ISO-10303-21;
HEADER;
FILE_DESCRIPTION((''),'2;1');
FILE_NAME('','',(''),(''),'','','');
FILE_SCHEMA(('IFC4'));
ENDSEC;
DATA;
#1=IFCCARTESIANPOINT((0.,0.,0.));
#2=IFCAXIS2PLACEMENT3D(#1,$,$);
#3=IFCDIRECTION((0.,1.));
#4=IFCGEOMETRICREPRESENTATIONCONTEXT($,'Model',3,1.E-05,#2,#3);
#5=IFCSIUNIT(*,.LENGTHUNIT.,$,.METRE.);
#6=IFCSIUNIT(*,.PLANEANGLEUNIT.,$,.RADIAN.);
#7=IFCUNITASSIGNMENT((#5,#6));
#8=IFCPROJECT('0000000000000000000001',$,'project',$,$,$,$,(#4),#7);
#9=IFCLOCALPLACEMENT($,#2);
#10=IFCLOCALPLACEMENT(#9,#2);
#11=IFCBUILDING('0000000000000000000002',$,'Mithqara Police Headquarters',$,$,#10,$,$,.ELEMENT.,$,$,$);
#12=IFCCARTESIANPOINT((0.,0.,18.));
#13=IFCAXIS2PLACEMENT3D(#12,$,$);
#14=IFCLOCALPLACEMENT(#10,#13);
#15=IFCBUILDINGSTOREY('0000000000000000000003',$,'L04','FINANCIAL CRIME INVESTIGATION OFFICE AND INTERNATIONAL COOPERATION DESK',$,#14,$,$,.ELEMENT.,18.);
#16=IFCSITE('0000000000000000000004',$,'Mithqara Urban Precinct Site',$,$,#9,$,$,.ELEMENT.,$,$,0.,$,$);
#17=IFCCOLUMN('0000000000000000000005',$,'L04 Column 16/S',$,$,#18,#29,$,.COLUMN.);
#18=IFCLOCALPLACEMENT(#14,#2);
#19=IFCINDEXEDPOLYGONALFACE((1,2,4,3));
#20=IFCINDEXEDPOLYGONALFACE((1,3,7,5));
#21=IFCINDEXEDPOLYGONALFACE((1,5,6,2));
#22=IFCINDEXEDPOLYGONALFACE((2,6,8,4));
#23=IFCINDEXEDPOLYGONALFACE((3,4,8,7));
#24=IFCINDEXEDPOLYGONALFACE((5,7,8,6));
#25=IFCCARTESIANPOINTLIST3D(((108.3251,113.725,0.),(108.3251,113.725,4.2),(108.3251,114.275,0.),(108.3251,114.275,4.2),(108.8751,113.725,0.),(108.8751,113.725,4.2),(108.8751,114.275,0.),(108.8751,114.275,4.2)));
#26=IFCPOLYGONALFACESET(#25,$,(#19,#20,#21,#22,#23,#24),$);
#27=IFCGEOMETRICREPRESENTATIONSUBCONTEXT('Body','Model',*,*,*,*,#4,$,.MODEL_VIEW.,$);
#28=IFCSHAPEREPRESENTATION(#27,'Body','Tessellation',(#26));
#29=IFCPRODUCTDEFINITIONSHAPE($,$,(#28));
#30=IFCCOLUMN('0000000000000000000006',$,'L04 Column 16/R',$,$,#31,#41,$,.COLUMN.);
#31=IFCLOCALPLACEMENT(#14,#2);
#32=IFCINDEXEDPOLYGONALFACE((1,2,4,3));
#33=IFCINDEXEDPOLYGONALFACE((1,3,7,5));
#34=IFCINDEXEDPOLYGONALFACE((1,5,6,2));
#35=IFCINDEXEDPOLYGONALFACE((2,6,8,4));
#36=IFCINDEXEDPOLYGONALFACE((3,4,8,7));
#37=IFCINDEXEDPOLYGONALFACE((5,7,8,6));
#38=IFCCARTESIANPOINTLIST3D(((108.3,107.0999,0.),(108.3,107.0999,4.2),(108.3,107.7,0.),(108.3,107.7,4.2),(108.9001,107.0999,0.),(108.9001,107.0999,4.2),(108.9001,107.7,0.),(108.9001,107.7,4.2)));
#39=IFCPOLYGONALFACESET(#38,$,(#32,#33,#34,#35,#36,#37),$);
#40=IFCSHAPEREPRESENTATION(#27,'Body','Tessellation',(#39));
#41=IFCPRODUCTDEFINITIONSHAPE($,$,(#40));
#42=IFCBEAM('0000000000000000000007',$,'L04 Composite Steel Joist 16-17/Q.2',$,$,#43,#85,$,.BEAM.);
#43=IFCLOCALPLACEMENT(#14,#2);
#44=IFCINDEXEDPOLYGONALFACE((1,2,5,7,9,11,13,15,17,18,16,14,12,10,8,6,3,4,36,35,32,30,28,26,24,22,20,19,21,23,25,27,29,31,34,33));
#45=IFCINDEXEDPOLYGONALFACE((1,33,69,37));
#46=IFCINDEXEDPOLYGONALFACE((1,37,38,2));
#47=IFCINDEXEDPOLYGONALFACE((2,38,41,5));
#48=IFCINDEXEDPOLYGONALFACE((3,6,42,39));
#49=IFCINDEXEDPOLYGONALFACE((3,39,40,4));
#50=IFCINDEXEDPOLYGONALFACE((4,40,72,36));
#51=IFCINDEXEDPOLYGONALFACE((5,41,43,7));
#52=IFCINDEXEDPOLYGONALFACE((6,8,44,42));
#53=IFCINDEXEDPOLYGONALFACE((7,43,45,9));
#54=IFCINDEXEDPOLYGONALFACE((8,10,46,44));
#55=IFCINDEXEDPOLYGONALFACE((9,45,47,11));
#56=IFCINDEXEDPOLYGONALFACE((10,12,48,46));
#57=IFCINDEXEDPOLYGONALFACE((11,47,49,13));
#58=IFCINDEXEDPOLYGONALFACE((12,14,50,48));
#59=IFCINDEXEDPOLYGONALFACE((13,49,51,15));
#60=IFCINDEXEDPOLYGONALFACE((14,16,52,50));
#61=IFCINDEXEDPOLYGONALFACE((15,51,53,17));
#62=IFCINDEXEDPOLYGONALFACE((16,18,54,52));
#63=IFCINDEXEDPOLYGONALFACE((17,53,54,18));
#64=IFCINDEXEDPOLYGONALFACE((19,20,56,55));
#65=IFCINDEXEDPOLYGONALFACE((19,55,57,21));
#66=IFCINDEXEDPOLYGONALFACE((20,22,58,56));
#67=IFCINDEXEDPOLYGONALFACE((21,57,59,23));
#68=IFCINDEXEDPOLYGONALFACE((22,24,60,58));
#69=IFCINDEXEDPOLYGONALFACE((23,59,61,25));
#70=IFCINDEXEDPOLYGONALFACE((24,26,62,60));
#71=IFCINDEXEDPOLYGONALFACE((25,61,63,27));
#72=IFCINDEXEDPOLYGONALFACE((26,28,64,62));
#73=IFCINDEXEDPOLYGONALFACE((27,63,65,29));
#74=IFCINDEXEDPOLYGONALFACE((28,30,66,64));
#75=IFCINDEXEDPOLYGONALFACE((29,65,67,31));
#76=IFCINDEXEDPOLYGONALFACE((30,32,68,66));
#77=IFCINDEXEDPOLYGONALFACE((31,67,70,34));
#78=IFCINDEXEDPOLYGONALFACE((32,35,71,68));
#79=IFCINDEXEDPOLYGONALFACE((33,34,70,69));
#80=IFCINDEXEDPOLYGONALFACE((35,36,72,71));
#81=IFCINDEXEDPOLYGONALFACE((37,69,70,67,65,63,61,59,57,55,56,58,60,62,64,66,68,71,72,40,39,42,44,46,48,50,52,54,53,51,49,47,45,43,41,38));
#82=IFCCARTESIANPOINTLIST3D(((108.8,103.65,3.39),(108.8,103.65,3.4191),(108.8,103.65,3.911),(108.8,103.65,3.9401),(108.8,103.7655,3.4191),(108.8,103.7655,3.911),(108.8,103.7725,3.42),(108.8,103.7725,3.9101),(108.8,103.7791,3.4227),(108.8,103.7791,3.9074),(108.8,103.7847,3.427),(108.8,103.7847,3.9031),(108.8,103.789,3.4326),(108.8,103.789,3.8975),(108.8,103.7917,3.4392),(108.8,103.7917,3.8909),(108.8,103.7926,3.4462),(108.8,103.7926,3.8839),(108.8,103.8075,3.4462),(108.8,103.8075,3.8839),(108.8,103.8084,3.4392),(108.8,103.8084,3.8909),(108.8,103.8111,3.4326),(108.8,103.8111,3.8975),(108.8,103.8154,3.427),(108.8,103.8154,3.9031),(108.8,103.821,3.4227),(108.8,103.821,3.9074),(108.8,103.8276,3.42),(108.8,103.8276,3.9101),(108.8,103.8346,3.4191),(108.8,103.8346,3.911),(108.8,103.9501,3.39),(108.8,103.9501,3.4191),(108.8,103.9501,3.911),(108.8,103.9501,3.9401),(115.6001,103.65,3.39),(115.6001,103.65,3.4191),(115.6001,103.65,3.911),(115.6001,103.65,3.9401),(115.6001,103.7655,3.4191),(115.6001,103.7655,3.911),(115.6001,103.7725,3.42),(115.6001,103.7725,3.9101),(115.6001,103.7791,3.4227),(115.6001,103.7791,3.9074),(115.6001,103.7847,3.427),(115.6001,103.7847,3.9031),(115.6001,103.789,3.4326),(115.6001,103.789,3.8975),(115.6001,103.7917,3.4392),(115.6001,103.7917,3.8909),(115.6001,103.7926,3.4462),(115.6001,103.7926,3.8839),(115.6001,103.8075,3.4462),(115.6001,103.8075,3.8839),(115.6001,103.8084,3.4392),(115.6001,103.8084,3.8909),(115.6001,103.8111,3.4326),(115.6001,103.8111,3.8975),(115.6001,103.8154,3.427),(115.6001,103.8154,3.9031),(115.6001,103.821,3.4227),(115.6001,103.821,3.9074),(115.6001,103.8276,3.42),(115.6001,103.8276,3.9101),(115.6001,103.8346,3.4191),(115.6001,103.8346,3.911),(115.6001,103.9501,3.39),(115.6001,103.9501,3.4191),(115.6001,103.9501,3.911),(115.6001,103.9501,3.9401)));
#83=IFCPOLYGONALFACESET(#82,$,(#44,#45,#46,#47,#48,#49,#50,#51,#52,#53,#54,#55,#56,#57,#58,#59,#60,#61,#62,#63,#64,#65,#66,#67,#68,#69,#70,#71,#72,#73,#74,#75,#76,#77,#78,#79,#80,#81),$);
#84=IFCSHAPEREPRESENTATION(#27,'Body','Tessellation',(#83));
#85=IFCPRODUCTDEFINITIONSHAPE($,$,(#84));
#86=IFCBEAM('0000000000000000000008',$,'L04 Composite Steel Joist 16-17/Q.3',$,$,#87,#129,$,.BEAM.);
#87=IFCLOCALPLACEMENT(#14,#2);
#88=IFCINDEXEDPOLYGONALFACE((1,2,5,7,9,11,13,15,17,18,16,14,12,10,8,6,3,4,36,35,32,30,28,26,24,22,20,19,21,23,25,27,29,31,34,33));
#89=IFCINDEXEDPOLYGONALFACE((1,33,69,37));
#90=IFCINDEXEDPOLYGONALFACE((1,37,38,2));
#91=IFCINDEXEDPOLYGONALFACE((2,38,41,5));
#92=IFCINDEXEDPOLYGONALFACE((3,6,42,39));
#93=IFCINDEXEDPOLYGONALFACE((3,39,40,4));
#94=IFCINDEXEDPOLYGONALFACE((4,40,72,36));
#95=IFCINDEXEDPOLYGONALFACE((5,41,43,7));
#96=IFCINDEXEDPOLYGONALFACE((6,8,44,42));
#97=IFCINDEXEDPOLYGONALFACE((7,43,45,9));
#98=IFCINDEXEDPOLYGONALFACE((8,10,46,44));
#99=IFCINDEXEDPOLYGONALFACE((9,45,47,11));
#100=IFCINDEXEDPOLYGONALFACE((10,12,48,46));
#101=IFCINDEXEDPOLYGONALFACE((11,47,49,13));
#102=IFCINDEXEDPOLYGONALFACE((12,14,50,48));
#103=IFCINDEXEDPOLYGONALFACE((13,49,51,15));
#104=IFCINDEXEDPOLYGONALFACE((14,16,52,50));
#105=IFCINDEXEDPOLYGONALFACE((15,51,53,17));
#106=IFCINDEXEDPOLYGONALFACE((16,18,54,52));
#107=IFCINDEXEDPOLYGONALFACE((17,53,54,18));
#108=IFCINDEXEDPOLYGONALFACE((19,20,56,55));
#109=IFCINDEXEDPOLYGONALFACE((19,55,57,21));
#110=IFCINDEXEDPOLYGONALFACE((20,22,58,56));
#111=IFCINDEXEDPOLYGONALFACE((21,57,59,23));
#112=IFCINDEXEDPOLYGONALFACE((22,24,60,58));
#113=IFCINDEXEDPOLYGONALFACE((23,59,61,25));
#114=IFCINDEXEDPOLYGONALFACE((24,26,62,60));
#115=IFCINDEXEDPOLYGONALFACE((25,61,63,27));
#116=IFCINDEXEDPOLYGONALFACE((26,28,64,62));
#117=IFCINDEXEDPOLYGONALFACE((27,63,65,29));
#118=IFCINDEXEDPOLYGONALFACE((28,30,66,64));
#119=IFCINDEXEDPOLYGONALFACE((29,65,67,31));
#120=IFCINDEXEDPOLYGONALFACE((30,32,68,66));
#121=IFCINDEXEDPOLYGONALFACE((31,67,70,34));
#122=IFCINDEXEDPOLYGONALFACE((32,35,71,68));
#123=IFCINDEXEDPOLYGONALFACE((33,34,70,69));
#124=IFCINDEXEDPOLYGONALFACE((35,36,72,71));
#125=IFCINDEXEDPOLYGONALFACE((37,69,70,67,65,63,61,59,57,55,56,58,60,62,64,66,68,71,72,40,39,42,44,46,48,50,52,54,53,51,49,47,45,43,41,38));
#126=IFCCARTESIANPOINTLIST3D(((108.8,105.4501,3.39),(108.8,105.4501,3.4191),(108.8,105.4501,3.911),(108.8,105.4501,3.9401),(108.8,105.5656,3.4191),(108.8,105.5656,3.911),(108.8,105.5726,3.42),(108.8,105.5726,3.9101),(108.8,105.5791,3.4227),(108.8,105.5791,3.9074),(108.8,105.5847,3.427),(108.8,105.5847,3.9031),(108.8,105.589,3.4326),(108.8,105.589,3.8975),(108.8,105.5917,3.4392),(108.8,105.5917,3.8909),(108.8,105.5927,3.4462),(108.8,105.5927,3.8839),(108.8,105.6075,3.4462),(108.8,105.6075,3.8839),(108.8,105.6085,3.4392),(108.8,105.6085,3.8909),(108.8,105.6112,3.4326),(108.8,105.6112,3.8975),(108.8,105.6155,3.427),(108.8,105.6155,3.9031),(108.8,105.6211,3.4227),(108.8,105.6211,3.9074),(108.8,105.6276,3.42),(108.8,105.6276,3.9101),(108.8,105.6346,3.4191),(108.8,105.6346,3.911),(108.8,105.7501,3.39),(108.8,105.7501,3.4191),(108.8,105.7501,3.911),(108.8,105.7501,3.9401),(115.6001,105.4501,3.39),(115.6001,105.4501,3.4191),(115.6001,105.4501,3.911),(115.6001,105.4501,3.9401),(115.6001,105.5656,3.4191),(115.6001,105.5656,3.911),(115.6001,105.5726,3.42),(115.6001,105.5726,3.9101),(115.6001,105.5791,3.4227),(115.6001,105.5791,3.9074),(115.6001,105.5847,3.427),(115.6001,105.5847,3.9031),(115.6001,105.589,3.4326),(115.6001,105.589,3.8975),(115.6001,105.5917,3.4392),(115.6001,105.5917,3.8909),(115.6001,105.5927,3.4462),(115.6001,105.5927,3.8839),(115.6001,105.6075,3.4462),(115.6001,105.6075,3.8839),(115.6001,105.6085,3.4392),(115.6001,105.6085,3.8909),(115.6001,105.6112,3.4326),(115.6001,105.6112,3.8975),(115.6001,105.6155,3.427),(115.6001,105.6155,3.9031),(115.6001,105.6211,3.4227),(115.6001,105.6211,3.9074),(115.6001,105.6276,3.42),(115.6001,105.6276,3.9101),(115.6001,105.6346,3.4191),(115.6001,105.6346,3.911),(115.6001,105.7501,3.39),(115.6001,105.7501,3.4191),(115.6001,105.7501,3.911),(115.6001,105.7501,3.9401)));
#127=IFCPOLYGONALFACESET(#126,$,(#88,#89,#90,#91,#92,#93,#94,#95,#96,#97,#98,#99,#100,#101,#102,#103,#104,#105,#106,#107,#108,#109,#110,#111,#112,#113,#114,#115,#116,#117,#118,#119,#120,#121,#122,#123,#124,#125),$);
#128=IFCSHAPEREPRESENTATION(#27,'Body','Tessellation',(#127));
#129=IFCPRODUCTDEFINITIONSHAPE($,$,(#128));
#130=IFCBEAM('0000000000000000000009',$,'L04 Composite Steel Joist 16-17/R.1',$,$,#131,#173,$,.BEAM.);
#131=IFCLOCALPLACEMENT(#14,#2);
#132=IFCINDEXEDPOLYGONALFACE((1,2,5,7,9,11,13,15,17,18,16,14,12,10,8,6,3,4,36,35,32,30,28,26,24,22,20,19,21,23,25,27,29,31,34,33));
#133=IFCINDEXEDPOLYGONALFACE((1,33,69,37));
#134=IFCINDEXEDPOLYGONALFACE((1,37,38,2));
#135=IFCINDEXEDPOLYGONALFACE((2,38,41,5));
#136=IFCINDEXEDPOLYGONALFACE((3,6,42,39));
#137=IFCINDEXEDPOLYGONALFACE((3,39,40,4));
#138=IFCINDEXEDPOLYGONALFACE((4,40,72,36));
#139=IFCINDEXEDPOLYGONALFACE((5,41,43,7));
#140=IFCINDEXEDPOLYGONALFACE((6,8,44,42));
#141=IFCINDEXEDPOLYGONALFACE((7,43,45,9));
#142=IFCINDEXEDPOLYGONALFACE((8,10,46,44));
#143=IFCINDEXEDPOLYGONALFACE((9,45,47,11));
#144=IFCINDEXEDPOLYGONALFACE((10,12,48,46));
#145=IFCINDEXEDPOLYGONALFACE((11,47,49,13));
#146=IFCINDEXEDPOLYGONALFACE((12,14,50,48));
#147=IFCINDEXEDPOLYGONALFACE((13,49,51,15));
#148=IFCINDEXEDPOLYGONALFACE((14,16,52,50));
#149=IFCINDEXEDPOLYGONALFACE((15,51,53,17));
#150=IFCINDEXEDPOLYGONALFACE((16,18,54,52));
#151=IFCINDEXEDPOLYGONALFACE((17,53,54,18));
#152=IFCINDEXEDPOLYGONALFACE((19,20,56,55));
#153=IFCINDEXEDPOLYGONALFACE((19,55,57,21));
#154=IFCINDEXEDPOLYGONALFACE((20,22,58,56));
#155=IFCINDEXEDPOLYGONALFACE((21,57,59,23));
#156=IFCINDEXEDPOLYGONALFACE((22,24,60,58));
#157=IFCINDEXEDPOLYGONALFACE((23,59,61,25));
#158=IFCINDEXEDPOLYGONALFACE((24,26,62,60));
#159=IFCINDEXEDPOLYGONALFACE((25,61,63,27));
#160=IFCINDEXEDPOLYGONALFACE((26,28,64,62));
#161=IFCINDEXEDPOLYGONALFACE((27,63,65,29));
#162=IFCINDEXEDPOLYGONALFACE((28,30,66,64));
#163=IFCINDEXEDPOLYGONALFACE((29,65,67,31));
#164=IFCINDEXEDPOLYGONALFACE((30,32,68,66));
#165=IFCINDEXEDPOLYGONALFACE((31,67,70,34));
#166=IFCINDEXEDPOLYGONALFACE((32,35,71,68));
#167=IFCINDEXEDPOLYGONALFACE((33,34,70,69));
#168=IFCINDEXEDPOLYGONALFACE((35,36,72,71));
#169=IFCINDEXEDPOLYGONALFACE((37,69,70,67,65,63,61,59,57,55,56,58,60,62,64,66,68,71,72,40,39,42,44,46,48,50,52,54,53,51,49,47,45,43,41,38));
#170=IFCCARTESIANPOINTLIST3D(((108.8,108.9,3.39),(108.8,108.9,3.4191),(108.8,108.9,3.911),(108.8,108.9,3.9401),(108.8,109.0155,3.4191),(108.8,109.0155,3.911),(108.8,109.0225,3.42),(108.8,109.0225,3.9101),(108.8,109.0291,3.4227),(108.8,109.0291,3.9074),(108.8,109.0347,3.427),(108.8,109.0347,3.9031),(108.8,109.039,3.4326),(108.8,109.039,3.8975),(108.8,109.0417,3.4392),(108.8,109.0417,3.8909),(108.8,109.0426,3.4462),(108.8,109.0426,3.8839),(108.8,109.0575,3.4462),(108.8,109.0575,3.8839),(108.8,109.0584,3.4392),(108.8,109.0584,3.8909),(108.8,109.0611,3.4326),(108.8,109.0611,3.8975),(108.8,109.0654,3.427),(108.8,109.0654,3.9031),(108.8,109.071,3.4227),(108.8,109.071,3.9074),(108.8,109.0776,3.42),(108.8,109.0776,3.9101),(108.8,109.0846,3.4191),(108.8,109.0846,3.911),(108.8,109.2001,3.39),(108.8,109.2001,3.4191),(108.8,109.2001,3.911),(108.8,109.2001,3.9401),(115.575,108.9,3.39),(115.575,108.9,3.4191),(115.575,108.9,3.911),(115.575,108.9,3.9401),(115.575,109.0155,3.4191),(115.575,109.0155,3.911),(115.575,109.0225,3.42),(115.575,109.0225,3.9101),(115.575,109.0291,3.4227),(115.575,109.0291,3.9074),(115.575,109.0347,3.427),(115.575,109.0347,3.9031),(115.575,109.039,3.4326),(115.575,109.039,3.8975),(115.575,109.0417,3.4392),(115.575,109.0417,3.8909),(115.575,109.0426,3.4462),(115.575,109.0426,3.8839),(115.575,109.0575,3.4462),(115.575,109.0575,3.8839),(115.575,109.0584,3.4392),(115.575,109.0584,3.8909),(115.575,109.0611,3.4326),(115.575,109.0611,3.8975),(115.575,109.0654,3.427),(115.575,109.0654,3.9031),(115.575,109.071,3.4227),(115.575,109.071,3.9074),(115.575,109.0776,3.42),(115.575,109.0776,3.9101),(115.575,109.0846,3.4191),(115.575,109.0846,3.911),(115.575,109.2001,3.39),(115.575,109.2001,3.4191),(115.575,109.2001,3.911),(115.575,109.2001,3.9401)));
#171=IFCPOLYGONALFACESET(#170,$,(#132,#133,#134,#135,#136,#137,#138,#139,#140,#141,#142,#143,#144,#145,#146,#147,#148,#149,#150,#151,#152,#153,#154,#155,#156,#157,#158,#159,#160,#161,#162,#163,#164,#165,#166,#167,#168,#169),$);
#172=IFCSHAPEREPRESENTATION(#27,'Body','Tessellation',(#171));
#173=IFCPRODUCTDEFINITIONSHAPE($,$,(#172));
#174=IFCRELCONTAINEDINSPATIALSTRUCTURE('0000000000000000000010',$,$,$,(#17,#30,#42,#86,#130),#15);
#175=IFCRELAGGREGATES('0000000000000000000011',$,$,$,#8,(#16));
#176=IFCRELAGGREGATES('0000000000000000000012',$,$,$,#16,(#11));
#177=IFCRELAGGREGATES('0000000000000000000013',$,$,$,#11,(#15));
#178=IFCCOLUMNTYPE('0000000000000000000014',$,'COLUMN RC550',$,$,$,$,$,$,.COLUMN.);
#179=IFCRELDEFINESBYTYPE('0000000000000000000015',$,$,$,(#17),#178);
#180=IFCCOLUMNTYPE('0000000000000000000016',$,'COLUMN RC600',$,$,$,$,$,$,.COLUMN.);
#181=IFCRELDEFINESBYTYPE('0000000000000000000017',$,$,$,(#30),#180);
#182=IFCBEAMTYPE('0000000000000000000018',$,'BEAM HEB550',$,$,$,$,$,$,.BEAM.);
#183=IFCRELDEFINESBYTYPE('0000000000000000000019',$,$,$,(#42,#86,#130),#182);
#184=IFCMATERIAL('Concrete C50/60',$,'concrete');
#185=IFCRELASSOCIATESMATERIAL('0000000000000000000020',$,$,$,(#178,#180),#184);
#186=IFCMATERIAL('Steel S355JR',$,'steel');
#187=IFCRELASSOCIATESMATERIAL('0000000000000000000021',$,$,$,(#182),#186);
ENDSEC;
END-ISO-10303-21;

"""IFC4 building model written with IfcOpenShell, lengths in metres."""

from ifc_helpers import new_model, si_unit, direction, frame, origin, origin_2d, place, context, subcontext, project, spatial, rectangle, i_section, extrude, material, material_profile, profile_set, type_object, element, save


model = new_model("IFC4")

# Units and contexts
model_context = context("Model", 3, precision=1e-05, world=origin(), true_north=direction((0.0, 1.0)))
body_context = subcontext(model_context, "Body", "Model", "MODEL_VIEW")
ifc_project = project(units=[si_unit("LENGTHUNIT", "METRE"), si_unit("PLANEANGLEUNIT", "RADIAN")], contexts=[model_context])

# Site, building, storey
site_placement = place(None, origin())
site = spatial("IfcSite", under=ifc_project, at=site_placement, Name="Mithqara Urban Precinct Site", CompositionType="ELEMENT", RefElevation=0.0)
building_placement = place(site_placement, origin())
building = spatial("IfcBuilding", under=site, at=building_placement, Name="Mithqara Police Headquarters", CompositionType="ELEMENT")
storey_placement = place(building_placement, frame((0.0, 0.0, 18.0)))
storey = spatial("IfcBuildingStorey", under=building, at=storey_placement, Name="L04", Description="FINANCIAL CRIME INVESTIGATION OFFICE AND INTERNATIONAL COOPERATION DESK", CompositionType="ELEMENT", Elevation=18.0)

# Columns
ifc_material_1 = material(Name="Concrete C50/60", Category="concrete")
ifc_material_profile_1 = material_profile(ifc_material_1, rectangle(XDim=0.55, YDim=0.55, at=origin_2d()), Name="RC 550x550")
ifc_profile_set_1 = profile_set([ifc_material_profile_1], Name="Concrete C50/60")
column_type_1 = type_object("IfcColumnType", Name="COLUMN RC550", PredefinedType="COLUMN", material=ifc_profile_set_1)
column_1_placement = place(storey_placement, frame((108.6001, 114.0, 0.0), z_axis=(0.0, 0.0, 1.0), x_axis=(1.0, 0.0, 0.0)))
element("IfcColumn", 1, at=column_1_placement, inside=storey, type_object=column_type_1, Name="L04 Column 16/S", PredefinedType="COLUMN", context=body_context, shape_type="SweptSolid", body=[
    extrude(rectangle(XDim=0.55, YDim=0.55, at=origin_2d()), origin(), (0.0, 0.0, 1.0), 4.2),
])
ifc_material_profile_2 = material_profile(ifc_material_1, rectangle(XDim=0.6001, YDim=0.6001, at=origin_2d()), Name="RC 600x600")
ifc_profile_set_2 = profile_set([ifc_material_profile_2], Name="Concrete C50/60")
column_type_2 = type_object("IfcColumnType", Name="COLUMN RC600", PredefinedType="COLUMN", material=ifc_profile_set_2)
column_2_placement = place(storey_placement, frame((108.6001, 107.3999, 0.0), z_axis=(0.0, 0.0, 1.0), x_axis=(1.0, 0.0, 0.0)))
element("IfcColumn", 2, at=column_2_placement, inside=storey, type_object=column_type_2, Name="L04 Column 16/R", PredefinedType="COLUMN", context=body_context, shape_type="SweptSolid", body=[
    extrude(rectangle(XDim=0.6001, YDim=0.6001, at=origin_2d()), origin(), (0.0, 0.0, 1.0), 4.2),
])

# Beams
ifc_material_2 = material(Name="Steel S355JR", Category="steel")
ifc_material_profile_3 = material_profile(ifc_material_2, i_section(OverallWidth=0.3, OverallDepth=0.55, WebThickness=0.0149, FlangeThickness=0.0291, FilletRadius=0.0271, at=origin_2d()), Name="HEB 550")
ifc_profile_set_3 = profile_set([ifc_material_profile_3], Name="Steel S355JR")
beam_type_1 = type_object("IfcBeamType", Name="BEAM HEB550", PredefinedType="BEAM", material=ifc_profile_set_3)
for number, where, z_axis, x_axis, name in (
    (3, (108.8, 103.8, 3.665), (1.0, 0.0, 0.0), (0.0, 1.0, 0.0), "L04 Composite Steel Joist 16-17/Q.2"),
    (4, (108.8, 105.6001, 3.665), (1.0, 0.0, 0.0), (0.0, 1.0, 0.0), "L04 Composite Steel Joist 16-17/Q.3"),
):
    element("IfcBeam", number, at=place(storey_placement, frame(where, z_axis=z_axis, x_axis=x_axis)), inside=storey, type_object=beam_type_1, Name=name, PredefinedType="BEAM", context=body_context, shape_type="SweptSolid", body=[
        extrude(i_section(OverallWidth=0.3, OverallDepth=0.55, WebThickness=0.0149, FlangeThickness=0.0291, FilletRadius=0.0271, at=origin_2d()), origin(), (0.0, 0.0, 1.0), 6.8),
    ])
for number, where, z_axis, x_axis, name in (
    (5, (108.8, 109.05, 3.665), (1.0, 0.0, 0.0), (0.0, 1.0, 0.0), "L04 Composite Steel Joist 16-17/R.1"),
):
    element("IfcBeam", number, at=place(storey_placement, frame(where, z_axis=z_axis, x_axis=x_axis)), inside=storey, type_object=beam_type_1, Name=name, PredefinedType="BEAM", context=body_context, shape_type="SweptSolid", body=[
        extrude(i_section(OverallWidth=0.3, OverallDepth=0.55, WebThickness=0.0149, FlangeThickness=0.0291, FilletRadius=0.0271, at=origin_2d()), origin(), (0.0, 0.0, 1.0), 6.7749),
    ])

save(model, "model.ifc")
